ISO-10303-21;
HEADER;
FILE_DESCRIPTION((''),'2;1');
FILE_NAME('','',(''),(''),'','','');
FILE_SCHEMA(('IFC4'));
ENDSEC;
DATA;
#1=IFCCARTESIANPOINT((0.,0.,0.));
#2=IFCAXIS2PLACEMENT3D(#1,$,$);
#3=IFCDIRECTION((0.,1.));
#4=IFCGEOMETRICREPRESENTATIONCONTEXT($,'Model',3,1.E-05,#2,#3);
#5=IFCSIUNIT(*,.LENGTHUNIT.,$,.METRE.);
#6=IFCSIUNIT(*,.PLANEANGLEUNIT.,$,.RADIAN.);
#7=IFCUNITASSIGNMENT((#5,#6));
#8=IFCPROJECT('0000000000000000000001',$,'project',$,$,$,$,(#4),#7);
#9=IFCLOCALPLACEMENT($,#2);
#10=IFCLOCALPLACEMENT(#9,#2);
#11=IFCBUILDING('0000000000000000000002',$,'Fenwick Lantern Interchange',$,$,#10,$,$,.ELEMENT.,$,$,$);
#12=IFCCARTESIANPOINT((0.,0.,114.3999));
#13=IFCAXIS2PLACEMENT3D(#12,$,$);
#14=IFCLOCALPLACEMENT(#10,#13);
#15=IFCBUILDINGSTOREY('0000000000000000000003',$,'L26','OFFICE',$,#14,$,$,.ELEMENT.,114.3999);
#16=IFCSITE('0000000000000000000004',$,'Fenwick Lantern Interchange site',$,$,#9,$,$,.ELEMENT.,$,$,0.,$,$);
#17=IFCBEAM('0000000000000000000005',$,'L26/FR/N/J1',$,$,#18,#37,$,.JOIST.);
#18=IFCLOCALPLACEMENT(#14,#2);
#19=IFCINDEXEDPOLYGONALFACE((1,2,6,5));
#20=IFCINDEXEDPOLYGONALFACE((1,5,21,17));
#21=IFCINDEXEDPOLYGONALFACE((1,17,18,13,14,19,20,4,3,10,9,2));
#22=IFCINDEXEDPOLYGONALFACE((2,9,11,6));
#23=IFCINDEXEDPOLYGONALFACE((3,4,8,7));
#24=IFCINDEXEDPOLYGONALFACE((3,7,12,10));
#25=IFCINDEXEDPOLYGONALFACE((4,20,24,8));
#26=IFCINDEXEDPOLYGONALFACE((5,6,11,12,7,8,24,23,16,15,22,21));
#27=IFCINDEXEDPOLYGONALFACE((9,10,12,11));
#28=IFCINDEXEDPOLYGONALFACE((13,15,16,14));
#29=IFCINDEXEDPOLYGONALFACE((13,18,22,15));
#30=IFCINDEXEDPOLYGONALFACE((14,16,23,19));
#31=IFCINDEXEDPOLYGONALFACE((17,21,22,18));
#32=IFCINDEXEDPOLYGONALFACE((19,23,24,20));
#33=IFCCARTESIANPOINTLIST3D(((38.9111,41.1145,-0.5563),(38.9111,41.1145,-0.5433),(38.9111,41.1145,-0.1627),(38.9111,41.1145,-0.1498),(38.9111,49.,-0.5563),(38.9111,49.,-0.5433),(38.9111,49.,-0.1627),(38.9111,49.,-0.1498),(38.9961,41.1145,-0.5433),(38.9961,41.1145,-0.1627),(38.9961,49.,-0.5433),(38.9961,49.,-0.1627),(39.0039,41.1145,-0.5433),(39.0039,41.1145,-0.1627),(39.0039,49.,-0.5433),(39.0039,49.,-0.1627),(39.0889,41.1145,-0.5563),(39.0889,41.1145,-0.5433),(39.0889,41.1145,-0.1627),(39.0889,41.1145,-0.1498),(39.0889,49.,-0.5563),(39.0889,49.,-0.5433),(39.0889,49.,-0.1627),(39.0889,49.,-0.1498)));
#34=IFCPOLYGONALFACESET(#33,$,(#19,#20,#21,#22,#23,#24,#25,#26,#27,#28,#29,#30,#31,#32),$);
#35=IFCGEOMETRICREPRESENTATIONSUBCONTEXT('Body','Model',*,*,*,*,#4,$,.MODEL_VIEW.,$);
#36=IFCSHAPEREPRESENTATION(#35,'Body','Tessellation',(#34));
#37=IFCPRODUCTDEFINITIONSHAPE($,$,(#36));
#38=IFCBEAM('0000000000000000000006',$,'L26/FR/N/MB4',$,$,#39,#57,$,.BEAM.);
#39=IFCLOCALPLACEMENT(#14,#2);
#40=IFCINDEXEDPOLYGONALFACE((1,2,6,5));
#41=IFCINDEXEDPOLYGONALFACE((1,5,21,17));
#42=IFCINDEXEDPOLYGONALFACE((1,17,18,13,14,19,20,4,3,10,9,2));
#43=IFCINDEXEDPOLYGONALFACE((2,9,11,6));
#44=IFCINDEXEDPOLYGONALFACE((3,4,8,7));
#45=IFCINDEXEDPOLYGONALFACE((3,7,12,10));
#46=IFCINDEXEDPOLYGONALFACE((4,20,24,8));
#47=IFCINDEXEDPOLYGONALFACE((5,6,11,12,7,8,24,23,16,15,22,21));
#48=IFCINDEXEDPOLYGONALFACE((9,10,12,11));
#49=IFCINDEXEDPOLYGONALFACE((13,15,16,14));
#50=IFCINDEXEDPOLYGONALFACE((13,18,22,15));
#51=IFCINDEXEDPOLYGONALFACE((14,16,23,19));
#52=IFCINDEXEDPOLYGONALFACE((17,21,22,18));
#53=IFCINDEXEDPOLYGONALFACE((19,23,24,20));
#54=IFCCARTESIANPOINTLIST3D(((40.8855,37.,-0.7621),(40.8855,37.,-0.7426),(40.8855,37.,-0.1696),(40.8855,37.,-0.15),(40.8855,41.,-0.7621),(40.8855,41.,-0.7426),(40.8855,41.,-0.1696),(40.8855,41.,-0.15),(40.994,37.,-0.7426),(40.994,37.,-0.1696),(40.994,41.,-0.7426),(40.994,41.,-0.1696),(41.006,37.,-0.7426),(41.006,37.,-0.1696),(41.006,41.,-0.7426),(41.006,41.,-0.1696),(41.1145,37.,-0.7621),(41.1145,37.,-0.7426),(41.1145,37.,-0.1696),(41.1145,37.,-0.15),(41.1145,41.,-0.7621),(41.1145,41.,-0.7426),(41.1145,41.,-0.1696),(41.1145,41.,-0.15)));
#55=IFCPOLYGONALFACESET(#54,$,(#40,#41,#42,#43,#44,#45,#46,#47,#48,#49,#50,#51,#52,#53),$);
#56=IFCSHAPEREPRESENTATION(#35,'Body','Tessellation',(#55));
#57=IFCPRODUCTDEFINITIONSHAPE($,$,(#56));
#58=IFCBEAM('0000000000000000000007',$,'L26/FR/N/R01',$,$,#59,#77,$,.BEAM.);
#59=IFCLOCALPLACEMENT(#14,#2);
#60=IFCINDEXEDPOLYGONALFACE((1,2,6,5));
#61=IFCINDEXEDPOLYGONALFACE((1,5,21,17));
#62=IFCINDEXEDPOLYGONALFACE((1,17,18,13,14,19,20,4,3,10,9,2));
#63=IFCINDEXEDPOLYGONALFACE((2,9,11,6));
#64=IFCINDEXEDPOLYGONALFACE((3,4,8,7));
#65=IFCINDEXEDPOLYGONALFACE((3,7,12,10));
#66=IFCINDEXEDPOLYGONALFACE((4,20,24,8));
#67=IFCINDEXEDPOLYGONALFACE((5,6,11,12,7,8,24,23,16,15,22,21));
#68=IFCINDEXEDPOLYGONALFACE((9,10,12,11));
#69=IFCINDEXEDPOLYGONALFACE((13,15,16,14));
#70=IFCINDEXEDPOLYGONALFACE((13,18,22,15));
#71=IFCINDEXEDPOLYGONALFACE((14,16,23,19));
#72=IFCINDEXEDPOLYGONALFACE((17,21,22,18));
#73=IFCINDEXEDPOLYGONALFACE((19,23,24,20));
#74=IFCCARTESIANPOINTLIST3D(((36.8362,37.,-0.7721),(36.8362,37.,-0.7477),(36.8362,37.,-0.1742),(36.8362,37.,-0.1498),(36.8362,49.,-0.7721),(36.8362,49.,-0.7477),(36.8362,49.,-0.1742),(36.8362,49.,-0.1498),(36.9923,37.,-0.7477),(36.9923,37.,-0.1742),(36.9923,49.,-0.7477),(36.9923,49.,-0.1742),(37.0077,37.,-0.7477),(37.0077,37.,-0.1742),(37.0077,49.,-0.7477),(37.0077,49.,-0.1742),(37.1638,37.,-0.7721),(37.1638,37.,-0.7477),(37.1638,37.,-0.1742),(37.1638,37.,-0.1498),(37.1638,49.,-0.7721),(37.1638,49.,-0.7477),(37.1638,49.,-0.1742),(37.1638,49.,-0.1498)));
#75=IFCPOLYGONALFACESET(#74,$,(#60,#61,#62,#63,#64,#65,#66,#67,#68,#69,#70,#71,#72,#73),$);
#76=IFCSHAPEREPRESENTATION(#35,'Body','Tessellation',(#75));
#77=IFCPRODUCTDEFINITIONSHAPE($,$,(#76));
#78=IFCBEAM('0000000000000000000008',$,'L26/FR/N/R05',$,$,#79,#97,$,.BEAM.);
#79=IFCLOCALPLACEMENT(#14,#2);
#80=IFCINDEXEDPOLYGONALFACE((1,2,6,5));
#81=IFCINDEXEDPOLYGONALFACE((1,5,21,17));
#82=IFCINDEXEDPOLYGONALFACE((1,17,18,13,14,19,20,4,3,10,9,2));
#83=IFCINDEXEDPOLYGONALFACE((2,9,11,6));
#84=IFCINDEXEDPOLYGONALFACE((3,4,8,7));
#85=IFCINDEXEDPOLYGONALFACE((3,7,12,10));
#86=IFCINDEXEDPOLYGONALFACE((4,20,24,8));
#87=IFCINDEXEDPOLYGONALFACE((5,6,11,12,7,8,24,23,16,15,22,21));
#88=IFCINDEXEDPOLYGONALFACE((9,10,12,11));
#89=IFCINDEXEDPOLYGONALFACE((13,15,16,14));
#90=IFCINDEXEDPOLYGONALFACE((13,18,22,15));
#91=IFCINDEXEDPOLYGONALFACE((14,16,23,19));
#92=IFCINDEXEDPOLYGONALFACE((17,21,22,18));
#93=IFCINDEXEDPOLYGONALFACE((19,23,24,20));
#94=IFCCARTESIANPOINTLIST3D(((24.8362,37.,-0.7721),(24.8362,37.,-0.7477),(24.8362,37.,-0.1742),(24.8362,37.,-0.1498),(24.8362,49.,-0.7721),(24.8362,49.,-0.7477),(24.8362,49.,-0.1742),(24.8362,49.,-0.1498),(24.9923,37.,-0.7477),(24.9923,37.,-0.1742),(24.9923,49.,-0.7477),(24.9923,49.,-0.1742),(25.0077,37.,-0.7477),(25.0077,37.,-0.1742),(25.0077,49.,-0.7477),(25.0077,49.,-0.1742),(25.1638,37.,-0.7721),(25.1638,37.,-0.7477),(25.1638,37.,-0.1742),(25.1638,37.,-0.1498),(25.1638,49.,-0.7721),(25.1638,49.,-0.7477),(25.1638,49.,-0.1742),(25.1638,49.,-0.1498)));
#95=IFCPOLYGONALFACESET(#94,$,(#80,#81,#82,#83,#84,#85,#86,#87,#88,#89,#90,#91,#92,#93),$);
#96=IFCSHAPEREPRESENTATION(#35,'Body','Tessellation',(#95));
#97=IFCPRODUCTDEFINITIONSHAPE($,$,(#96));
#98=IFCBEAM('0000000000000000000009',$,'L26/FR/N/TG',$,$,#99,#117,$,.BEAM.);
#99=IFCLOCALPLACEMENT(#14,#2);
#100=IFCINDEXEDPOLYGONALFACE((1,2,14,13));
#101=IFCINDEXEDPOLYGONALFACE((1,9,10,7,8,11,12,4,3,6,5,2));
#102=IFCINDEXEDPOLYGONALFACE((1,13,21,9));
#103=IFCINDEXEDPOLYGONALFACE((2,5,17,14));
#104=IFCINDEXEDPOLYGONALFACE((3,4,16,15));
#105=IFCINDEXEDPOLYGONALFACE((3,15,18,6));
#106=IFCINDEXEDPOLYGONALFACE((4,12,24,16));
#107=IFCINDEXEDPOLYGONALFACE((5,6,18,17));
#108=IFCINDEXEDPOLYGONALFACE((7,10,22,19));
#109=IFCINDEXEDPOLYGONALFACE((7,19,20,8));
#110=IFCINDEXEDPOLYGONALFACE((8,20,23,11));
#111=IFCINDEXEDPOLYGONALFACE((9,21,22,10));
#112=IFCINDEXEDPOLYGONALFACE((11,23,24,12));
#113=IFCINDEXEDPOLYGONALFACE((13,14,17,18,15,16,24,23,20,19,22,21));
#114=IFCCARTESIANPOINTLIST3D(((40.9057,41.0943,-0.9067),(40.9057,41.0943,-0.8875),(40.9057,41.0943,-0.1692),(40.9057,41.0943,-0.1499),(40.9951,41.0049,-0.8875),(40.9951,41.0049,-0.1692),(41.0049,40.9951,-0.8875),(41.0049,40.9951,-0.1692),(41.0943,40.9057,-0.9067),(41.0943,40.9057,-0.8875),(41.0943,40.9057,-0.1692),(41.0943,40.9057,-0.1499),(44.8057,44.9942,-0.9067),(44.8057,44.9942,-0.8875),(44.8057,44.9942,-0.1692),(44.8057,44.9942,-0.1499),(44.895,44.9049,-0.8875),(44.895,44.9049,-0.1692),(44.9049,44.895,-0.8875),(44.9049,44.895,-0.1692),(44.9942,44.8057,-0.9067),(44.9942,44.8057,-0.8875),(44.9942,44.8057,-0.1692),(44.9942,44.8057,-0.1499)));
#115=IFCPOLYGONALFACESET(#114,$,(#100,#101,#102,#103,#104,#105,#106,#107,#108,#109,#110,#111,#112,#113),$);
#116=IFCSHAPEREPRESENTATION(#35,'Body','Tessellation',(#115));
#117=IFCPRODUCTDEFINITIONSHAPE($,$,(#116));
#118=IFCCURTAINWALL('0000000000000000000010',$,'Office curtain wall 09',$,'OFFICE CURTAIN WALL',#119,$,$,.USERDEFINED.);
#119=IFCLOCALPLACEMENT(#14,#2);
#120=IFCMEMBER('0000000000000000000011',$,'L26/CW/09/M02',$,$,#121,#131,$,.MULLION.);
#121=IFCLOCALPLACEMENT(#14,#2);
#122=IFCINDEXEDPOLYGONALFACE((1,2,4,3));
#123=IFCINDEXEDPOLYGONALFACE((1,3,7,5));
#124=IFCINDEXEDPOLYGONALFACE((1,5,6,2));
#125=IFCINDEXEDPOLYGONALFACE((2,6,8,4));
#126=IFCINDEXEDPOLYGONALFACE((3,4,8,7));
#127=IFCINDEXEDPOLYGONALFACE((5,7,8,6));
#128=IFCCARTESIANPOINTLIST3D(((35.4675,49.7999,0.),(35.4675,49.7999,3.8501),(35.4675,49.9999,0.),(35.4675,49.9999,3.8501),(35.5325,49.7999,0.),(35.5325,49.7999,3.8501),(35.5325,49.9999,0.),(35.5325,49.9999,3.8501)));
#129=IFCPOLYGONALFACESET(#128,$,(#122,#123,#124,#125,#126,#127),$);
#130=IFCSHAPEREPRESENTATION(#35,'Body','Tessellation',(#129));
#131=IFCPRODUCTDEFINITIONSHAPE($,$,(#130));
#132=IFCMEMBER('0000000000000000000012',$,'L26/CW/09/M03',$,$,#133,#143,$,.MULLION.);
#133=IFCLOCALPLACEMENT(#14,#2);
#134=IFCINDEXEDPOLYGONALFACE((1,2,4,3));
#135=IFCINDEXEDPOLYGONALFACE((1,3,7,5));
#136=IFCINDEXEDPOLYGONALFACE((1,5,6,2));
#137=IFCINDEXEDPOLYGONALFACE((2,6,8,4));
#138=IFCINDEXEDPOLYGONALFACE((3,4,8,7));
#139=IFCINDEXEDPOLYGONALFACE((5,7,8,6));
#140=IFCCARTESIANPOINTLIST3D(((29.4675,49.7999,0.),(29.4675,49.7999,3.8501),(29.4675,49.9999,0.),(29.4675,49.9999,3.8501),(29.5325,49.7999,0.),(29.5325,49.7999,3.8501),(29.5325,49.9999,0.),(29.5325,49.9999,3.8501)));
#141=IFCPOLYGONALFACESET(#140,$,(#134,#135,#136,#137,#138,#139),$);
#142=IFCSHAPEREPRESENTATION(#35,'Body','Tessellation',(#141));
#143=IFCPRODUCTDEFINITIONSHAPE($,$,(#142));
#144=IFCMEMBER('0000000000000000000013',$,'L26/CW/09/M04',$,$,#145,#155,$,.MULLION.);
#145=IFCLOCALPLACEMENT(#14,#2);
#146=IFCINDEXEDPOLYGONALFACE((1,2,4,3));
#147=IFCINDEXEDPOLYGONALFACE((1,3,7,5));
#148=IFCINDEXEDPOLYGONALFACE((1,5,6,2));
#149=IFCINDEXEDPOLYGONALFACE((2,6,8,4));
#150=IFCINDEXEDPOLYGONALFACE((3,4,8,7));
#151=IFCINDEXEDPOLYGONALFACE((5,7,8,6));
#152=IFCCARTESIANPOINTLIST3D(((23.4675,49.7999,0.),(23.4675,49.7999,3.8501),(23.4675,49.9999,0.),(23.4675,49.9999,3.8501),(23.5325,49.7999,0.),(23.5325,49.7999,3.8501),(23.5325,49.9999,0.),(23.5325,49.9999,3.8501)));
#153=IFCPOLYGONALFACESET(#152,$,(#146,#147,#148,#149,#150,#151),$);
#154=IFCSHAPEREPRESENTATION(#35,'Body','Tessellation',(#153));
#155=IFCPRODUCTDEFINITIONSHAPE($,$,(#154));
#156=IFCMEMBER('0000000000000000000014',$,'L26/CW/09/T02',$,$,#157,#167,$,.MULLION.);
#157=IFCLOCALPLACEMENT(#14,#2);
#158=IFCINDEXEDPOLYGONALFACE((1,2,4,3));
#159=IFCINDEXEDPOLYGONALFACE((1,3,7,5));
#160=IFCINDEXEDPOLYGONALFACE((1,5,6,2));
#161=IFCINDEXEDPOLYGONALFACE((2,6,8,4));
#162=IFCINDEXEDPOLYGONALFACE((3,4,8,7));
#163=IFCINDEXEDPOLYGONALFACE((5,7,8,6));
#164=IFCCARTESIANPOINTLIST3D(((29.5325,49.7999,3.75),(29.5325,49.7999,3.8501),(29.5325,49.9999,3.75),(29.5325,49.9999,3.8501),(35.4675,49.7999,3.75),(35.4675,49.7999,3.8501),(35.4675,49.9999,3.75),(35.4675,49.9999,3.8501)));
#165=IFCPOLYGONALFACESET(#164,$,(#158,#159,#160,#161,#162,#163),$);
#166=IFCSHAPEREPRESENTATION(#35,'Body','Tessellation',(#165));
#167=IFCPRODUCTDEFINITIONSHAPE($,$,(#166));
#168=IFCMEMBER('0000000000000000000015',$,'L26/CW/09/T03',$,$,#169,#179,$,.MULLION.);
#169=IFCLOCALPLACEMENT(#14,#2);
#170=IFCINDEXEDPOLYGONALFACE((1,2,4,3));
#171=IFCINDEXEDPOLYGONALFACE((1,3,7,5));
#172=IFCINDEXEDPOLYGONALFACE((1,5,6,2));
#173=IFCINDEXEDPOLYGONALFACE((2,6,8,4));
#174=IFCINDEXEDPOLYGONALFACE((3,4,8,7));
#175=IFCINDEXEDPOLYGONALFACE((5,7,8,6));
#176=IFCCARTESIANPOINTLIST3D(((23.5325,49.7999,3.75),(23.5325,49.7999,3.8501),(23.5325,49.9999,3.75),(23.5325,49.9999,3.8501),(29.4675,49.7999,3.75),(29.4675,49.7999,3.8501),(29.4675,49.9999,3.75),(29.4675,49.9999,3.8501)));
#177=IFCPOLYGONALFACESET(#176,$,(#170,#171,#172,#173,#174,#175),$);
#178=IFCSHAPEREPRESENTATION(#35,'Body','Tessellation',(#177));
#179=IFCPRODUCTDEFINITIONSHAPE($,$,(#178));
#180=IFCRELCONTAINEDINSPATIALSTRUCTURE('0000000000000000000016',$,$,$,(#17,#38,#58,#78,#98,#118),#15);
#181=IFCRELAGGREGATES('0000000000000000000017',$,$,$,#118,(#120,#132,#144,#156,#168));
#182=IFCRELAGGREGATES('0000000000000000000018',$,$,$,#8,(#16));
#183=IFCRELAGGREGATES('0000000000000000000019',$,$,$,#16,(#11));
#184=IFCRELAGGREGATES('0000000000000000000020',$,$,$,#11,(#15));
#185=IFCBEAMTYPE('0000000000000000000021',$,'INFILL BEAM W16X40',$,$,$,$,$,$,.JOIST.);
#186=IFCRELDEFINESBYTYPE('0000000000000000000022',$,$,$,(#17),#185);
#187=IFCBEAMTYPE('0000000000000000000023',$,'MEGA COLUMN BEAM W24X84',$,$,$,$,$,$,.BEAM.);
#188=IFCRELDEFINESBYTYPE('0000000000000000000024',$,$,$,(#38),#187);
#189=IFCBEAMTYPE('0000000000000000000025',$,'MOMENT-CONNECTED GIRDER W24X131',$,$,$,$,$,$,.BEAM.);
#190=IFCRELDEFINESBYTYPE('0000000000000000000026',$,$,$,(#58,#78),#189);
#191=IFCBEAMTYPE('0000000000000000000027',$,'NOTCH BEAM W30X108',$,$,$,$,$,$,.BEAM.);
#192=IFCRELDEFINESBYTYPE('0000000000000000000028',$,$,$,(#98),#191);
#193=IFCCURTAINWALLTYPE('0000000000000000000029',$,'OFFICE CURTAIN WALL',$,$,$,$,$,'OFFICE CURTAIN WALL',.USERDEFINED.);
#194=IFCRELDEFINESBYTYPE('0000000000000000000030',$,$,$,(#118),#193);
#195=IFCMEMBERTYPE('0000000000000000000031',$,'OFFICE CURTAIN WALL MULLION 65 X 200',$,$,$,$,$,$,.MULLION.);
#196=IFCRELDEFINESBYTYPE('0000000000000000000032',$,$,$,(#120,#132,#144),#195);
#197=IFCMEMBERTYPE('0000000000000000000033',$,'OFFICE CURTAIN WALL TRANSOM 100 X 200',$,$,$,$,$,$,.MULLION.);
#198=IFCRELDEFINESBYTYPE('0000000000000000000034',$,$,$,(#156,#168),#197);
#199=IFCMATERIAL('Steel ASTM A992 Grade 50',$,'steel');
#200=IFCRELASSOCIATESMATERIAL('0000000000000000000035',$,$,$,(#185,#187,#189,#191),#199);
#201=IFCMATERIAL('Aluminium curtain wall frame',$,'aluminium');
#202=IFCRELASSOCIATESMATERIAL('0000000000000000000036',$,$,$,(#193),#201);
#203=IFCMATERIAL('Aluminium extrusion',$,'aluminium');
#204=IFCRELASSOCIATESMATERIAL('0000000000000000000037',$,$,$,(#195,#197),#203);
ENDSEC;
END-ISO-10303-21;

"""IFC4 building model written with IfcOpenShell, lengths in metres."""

from ifc_helpers import new_model, si_unit, direction, frame, origin, origin_2d, place, context, subcontext, project, spatial, rectangle, i_section, extrude, material, material_profile, profile_set, type_object, element, aggregate, save


model = new_model("IFC4")

# Units and contexts
model_context = context("Model", 3, precision=1e-05, world=origin(), true_north=direction((0.0, 1.0)))
body_context = subcontext(model_context, "Body", "Model", "MODEL_VIEW")
ifc_project = project(units=[si_unit("LENGTHUNIT", "METRE"), si_unit("PLANEANGLEUNIT", "RADIAN")], contexts=[model_context])

# Site, building, storey
site_placement = place(None, origin())
site = spatial("IfcSite", under=ifc_project, at=site_placement, Name="Fenwick Lantern Interchange site", CompositionType="ELEMENT", RefElevation=0.0)
building_placement = place(site_placement, origin())
building = spatial("IfcBuilding", under=site, at=building_placement, Name="Fenwick Lantern Interchange", CompositionType="ELEMENT")
storey_placement = place(building_placement, frame((0.0, 0.0, 114.3999)))
storey = spatial("IfcBuildingStorey", under=building, at=storey_placement, Name="L26", Description="OFFICE", CompositionType="ELEMENT", Elevation=114.3999)

# Shared definitions
ifc_material_1 = material(Name="Steel ASTM A992 Grade 50", Category="steel")

# Beams
ifc_material_profile_1 = material_profile(ifc_material_1, i_section(OverallWidth=0.1777, OverallDepth=0.4065, WebThickness=0.0078, FlangeThickness=0.0129, at=origin_2d()), Name="W16X40")
ifc_profile_set_1 = profile_set([ifc_material_profile_1], Name="Steel ASTM A992 Grade 50")
beam_type_1 = type_object("IfcBeamType", Name="INFILL BEAM W16X40", PredefinedType="JOIST", material=ifc_profile_set_1)
beam_1_placement = place(storey_placement, frame((39.0, 49.0, -0.353), z_axis=(0.0, -1.0, 0.0), x_axis=(1.0, 0.0, 0.0)))
element("IfcBeam", 1, at=beam_1_placement, inside=storey, type_object=beam_type_1, Name="L26/FR/N/J1", PredefinedType="JOIST", context=body_context, shape_type="SweptSolid", body=[
    extrude(i_section(OverallWidth=0.1777, OverallDepth=0.4065, WebThickness=0.0078, FlangeThickness=0.0129, at=origin_2d()), origin(), (0.0, 0.0, 1.0), 7.8855),
])
ifc_material_profile_2 = material_profile(ifc_material_1, i_section(OverallWidth=0.229, OverallDepth=0.6121, WebThickness=0.012, FlangeThickness=0.0195, at=origin_2d()), Name="W24X84")
ifc_profile_set_2 = profile_set([ifc_material_profile_2], Name="Steel ASTM A992 Grade 50")
beam_type_2 = type_object("IfcBeamType", Name="MEGA COLUMN BEAM W24X84", PredefinedType="BEAM", material=ifc_profile_set_2)
beam_2_placement = place(storey_placement, frame((41.0, 41.0, -0.4561), z_axis=(0.0, -1.0, 0.0), x_axis=(1.0, 0.0, 0.0)))
element("IfcBeam", 2, at=beam_2_placement, inside=storey, type_object=beam_type_2, Name="L26/FR/N/MB4", PredefinedType="BEAM", context=body_context, shape_type="SweptSolid", body=[
    extrude(i_section(OverallWidth=0.229, OverallDepth=0.6121, WebThickness=0.012, FlangeThickness=0.0195, at=origin_2d()), origin(), (0.0, 0.0, 1.0), 4.0),
])
ifc_material_profile_3 = material_profile(ifc_material_1, i_section(OverallWidth=0.3276, OverallDepth=0.6223, WebThickness=0.0154, FlangeThickness=0.0244, at=origin_2d()), Name="W24X131")
ifc_profile_set_3 = profile_set([ifc_material_profile_3], Name="Steel ASTM A992 Grade 50")
beam_type_3 = type_object("IfcBeamType", Name="MOMENT-CONNECTED GIRDER W24X131", PredefinedType="BEAM", material=ifc_profile_set_3)
for number, where, z_axis, x_axis, name in (
    (3, (37.0, 49.0, -0.4609), (0.0, -1.0, 0.0), (1.0, 0.0, 0.0), "L26/FR/N/R01"),
    (4, (25.0, 49.0, -0.4609), (0.0, -1.0, 0.0), (1.0, 0.0, 0.0), "L26/FR/N/R05"),
):
    element("IfcBeam", number, at=place(storey_placement, frame(where, z_axis=z_axis, x_axis=x_axis)), inside=storey, type_object=beam_type_3, Name=name, PredefinedType="BEAM", context=body_context, shape_type="SweptSolid", body=[
        extrude(i_section(OverallWidth=0.3276, OverallDepth=0.6223, WebThickness=0.0154, FlangeThickness=0.0244, at=origin_2d()), origin(), (0.0, 0.0, 1.0), 12.0),
    ])
ifc_material_profile_4 = material_profile(ifc_material_1, i_section(OverallWidth=0.2666, OverallDepth=0.7568, WebThickness=0.0139, FlangeThickness=0.0193, at=origin_2d()), Name="W30X108")
ifc_profile_set_4 = profile_set([ifc_material_profile_4], Name="Steel ASTM A992 Grade 50")
beam_type_4 = type_object("IfcBeamType", Name="NOTCH BEAM W30X108", PredefinedType="BEAM", material=ifc_profile_set_4)
beam_3_placement = place(storey_placement, frame((41.0, 41.0, -0.5283), z_axis=(0.707107, 0.707107, 0.0), x_axis=(-0.707107, 0.707107, 0.0)))
element("IfcBeam", 5, at=beam_3_placement, inside=storey, type_object=beam_type_4, Name="L26/FR/N/TG", PredefinedType="BEAM", context=body_context, shape_type="SweptSolid", body=[
    extrude(i_section(OverallWidth=0.2666, OverallDepth=0.7568, WebThickness=0.0139, FlangeThickness=0.0193, at=origin_2d()), origin(), (0.0, 0.0, 1.0), 5.5154),
])

# Curtain wall, members
ifc_material_2 = material(Name="Aluminium curtain wall frame", Category="aluminium")
curtain_wall_type = type_object("IfcCurtainWallType", Name="OFFICE CURTAIN WALL", ElementType="OFFICE CURTAIN WALL", PredefinedType="USERDEFINED", material=ifc_material_2)
curtain_wall_placement = place(storey_placement, origin())
curtain_wall = element("IfcCurtainWall", 6, at=curtain_wall_placement, inside=storey, type_object=curtain_wall_type, Name="Office curtain wall 09", ObjectType="OFFICE CURTAIN WALL", PredefinedType="USERDEFINED")
ifc_material_3 = material(Name="Aluminium extrusion", Category="aluminium")
ifc_material_profile_5 = material_profile(ifc_material_3, rectangle(XDim=0.2, YDim=0.0649, at=origin_2d()), Name="OFFICE CURTAIN WALL MULLION 65 X 200")
ifc_profile_set_5 = profile_set([ifc_material_profile_5], Name="Aluminium extrusion")
member_type_1 = type_object("IfcMemberType", Name="OFFICE CURTAIN WALL MULLION 65 X 200", PredefinedType="MULLION", material=ifc_profile_set_5)
member_1_placement = place(storey_placement, frame((35.5, 49.8999, 0.0), z_axis=(0.0, 0.0, 1.0), x_axis=(0.0, -1.0, 0.0)))
member_1 = element("IfcMember", 7, at=member_1_placement, type_object=member_type_1, Name="L26/CW/09/M02", PredefinedType="MULLION", context=body_context, shape_type="SweptSolid", body=[
    extrude(rectangle(XDim=0.2, YDim=0.0649, at=origin_2d()), origin(), (0.0, 0.0, 1.0), 3.8501),
])
member_2_placement = place(storey_placement, frame((29.5, 49.8999, 0.0), z_axis=(0.0, 0.0, 1.0), x_axis=(0.0, -1.0, 0.0)))
member_2 = element("IfcMember", 8, at=member_2_placement, type_object=member_type_1, Name="L26/CW/09/M03", PredefinedType="MULLION", context=body_context, shape_type="SweptSolid", body=[
    extrude(rectangle(XDim=0.2, YDim=0.0649, at=origin_2d()), origin(), (0.0, 0.0, 1.0), 3.8501),
])
member_3_placement = place(storey_placement, frame((23.5, 49.8999, 0.0), z_axis=(0.0, 0.0, 1.0), x_axis=(0.0, -1.0, 0.0)))
member_3 = element("IfcMember", 9, at=member_3_placement, type_object=member_type_1, Name="L26/CW/09/M04", PredefinedType="MULLION", context=body_context, shape_type="SweptSolid", body=[
    extrude(rectangle(XDim=0.2, YDim=0.0649, at=origin_2d()), origin(), (0.0, 0.0, 1.0), 3.8501),
])
ifc_material_profile_6 = material_profile(ifc_material_3, rectangle(XDim=0.2, YDim=0.1001, at=origin_2d()), Name="OFFICE CURTAIN WALL TRANSOM 100 X 200")
ifc_profile_set_6 = profile_set([ifc_material_profile_6], Name="Aluminium extrusion")
member_type_2 = type_object("IfcMemberType", Name="OFFICE CURTAIN WALL TRANSOM 100 X 200", PredefinedType="MULLION", material=ifc_profile_set_6)
member_4_placement = place(storey_placement, frame((35.4675, 49.8999, 3.8), z_axis=(-1.0, 0.0, 0.0), x_axis=(0.0, -1.0, 0.0)))
member_4 = element("IfcMember", 10, at=member_4_placement, type_object=member_type_2, Name="L26/CW/09/T02", PredefinedType="MULLION", context=body_context, shape_type="SweptSolid", body=[
    extrude(rectangle(XDim=0.2, YDim=0.1001, at=origin_2d()), origin(), (0.0, 0.0, 1.0), 5.9351),
])
member_5_placement = place(storey_placement, frame((29.4675, 49.8999, 3.8), z_axis=(-1.0, 0.0, 0.0), x_axis=(0.0, -1.0, 0.0)))
member_5 = element("IfcMember", 11, at=member_5_placement, type_object=member_type_2, Name="L26/CW/09/T03", PredefinedType="MULLION", context=body_context, shape_type="SweptSolid", body=[
    extrude(rectangle(XDim=0.2, YDim=0.1001, at=origin_2d()), origin(), (0.0, 0.0, 1.0), 5.9351),
])
aggregate(curtain_wall, [member_1, member_2, member_3, member_4, member_5])

save(model, "model.ifc")
